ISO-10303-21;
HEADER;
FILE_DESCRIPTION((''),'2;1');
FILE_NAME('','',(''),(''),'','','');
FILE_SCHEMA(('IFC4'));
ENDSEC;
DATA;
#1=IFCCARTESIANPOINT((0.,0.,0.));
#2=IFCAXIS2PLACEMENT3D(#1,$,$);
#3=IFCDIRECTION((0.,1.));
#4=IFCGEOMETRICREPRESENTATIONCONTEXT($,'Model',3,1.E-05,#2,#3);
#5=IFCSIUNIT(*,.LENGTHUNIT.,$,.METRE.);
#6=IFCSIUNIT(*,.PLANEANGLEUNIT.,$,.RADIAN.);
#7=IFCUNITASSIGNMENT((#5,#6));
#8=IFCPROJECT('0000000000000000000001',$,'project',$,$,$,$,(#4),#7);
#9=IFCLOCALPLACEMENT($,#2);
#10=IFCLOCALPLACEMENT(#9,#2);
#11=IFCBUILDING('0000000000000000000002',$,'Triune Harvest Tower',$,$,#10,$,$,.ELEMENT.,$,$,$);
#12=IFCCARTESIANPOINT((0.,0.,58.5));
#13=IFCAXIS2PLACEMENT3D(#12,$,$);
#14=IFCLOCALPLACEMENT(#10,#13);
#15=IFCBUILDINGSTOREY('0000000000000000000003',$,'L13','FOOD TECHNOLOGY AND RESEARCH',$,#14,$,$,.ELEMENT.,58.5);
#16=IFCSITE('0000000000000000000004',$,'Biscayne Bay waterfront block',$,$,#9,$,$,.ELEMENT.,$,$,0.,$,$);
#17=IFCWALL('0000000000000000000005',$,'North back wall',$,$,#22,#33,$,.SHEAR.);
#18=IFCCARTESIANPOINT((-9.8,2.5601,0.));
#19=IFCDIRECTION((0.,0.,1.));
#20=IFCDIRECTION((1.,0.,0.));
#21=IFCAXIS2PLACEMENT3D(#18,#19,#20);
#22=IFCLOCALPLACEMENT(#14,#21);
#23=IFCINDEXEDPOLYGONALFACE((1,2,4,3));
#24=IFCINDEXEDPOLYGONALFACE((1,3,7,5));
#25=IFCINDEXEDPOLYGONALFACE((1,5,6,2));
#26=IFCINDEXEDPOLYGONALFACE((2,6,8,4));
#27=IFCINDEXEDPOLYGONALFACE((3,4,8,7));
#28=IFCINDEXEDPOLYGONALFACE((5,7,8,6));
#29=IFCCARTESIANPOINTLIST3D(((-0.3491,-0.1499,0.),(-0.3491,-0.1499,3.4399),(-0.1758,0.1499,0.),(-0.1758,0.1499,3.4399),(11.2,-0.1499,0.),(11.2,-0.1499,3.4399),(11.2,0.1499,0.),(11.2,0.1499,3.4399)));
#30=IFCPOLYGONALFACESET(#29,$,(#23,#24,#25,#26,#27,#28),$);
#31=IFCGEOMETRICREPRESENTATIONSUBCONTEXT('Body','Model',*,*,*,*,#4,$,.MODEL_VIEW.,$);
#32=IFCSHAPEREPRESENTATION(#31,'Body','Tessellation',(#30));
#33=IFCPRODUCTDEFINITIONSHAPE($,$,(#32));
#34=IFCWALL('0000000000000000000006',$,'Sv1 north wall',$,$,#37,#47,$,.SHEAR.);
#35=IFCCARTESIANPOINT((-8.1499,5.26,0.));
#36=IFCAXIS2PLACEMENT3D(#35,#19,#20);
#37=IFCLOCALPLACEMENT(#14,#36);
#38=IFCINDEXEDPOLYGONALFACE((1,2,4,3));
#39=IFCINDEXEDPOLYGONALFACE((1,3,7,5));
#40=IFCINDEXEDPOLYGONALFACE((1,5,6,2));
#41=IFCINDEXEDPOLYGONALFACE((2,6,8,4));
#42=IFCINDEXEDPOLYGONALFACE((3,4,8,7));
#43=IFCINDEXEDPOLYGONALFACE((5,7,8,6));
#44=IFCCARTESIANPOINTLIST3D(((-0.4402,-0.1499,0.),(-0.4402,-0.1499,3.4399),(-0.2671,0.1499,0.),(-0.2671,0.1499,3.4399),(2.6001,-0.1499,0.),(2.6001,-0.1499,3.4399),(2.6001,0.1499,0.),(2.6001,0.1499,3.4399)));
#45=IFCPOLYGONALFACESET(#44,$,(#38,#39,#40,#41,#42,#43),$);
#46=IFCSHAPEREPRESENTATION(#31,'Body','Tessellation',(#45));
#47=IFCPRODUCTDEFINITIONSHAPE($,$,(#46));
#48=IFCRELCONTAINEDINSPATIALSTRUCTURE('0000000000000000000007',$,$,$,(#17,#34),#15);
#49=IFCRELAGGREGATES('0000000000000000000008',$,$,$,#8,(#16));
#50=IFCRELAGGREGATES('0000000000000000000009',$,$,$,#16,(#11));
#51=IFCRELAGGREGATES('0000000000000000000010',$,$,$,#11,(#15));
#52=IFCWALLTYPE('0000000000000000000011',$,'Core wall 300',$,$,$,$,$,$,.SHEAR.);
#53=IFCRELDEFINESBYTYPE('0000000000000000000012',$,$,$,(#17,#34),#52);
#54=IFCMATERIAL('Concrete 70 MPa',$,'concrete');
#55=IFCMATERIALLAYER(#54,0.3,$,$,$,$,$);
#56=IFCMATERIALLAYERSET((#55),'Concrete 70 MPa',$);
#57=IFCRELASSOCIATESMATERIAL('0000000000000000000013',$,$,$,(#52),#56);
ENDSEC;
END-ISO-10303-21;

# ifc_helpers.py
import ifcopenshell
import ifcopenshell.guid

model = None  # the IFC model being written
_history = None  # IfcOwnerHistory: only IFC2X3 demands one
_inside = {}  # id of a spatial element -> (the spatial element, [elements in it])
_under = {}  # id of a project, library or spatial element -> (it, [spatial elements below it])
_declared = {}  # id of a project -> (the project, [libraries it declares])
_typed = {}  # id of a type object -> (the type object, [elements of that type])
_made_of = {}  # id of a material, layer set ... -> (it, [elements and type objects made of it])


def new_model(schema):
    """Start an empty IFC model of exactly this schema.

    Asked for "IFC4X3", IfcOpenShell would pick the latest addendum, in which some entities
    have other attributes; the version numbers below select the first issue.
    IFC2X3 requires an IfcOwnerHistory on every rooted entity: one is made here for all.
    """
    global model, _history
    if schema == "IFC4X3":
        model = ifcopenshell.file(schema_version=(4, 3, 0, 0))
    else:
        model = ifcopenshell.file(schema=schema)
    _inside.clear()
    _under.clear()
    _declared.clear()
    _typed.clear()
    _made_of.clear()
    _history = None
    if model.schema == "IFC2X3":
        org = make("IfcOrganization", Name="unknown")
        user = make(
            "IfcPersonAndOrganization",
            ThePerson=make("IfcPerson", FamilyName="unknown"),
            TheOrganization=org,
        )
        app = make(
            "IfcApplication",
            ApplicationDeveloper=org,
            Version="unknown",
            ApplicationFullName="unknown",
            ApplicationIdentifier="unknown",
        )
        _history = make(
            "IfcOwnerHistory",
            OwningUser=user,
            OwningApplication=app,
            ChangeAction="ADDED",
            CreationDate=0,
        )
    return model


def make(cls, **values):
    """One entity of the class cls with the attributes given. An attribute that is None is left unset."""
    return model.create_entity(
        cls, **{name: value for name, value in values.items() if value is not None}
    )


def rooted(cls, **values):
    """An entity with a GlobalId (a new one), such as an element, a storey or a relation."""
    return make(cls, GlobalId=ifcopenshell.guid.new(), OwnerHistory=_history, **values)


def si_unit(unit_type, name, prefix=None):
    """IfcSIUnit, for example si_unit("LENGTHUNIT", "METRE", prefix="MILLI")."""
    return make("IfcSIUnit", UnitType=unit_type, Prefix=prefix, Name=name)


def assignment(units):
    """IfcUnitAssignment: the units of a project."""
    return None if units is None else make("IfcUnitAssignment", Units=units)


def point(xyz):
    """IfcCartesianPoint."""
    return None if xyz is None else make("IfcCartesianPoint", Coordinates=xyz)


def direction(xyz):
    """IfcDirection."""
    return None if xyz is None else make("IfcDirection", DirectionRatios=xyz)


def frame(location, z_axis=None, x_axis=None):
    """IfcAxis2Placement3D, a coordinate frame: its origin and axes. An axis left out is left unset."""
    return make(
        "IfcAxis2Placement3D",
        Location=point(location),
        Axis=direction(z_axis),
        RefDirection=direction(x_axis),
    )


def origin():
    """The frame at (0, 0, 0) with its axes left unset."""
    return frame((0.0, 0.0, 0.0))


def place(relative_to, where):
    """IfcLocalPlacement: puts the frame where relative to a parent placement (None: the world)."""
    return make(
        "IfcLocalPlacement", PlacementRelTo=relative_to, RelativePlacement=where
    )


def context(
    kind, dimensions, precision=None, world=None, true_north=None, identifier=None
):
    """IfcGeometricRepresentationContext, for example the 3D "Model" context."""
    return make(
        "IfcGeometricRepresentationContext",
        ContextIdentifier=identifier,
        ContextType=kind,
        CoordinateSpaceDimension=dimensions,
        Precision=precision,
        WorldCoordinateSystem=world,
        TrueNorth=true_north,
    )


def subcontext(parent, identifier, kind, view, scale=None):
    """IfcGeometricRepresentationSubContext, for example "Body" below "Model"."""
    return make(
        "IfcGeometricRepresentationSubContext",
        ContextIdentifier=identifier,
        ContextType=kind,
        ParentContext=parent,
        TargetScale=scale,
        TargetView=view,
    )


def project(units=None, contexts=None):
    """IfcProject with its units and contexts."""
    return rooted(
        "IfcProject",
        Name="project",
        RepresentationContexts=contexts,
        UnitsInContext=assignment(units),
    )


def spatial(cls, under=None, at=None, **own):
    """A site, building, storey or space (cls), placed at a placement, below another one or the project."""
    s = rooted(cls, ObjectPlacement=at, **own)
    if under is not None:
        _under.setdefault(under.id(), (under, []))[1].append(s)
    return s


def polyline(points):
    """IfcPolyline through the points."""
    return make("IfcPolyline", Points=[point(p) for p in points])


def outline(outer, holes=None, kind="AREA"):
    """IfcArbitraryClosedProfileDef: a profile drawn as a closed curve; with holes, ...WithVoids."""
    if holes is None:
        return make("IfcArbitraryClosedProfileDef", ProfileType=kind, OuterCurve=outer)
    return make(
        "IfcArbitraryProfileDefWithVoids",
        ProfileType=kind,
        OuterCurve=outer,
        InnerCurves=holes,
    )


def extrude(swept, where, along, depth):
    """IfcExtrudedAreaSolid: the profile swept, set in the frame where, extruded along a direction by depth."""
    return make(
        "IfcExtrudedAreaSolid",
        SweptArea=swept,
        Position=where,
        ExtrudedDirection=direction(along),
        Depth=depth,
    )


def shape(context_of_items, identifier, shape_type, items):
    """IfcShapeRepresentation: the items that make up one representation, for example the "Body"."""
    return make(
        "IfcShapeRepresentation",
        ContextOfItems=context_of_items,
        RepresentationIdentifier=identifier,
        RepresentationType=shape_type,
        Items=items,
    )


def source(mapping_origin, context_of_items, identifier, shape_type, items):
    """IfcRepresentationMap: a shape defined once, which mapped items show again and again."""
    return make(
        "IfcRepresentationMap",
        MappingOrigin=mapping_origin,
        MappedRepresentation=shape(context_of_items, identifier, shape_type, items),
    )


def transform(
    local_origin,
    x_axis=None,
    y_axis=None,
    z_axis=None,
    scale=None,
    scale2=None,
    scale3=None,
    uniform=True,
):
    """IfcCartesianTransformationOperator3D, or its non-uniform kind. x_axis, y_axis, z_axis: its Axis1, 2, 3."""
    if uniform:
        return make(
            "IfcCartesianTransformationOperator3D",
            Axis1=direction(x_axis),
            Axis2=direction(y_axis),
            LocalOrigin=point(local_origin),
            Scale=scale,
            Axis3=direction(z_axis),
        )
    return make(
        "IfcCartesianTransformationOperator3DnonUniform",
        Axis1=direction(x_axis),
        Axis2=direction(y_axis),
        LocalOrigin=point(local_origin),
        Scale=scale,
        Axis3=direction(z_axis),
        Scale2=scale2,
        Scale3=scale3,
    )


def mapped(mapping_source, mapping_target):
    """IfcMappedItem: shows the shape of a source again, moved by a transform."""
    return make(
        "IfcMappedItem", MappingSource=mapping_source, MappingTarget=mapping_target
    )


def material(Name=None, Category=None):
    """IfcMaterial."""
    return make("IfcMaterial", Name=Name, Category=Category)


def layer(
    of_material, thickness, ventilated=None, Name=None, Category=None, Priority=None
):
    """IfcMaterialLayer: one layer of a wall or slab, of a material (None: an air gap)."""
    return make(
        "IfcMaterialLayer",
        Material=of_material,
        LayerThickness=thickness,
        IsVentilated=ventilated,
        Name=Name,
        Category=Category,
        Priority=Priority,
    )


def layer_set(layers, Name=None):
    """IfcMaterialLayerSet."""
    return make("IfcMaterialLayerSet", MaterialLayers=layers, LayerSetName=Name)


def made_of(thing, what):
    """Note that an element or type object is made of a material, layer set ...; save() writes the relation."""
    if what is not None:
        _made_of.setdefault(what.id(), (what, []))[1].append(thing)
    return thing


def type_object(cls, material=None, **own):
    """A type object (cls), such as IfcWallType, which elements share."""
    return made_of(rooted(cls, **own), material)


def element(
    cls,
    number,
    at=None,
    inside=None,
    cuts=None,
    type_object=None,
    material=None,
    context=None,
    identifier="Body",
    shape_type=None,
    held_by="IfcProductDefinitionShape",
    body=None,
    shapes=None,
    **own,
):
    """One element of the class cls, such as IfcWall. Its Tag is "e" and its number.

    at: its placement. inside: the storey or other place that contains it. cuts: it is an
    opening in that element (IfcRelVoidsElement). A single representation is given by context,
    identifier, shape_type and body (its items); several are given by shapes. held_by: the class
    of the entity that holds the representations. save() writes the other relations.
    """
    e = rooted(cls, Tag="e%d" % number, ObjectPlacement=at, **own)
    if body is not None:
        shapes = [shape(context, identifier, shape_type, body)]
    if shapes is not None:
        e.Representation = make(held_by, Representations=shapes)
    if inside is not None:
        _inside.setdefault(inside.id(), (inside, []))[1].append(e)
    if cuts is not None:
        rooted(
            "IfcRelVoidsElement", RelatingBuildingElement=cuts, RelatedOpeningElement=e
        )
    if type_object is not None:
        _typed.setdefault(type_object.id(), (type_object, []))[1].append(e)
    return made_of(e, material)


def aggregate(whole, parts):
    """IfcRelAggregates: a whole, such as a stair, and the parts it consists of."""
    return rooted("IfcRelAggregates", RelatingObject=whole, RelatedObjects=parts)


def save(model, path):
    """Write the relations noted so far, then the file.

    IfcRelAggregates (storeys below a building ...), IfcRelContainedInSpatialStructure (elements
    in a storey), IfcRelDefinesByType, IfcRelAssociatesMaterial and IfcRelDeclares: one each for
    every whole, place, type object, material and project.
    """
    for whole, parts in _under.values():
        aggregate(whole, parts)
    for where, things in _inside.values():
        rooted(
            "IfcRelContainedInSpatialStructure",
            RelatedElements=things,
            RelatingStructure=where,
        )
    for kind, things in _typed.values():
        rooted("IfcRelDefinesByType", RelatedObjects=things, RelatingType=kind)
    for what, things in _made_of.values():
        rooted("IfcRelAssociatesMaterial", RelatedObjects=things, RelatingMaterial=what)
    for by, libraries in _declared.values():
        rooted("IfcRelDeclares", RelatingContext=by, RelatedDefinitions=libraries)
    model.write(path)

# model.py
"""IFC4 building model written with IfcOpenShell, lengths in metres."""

from ifc_helpers import new_model, si_unit, direction, frame, origin, place, context, subcontext, project, spatial, polyline, outline, extrude, source, transform, mapped, material, layer, layer_set, type_object, element, save


model = new_model("IFC4")

# Units and contexts
model_context = context("Model", 3, precision=1e-05, world=origin(), true_north=direction((0.0, 1.0)))
body_context = subcontext(model_context, "Body", "Model", "MODEL_VIEW")
ifc_project = project(units=[si_unit("LENGTHUNIT", "METRE"), si_unit("PLANEANGLEUNIT", "RADIAN")], contexts=[model_context])

# Site, building, storey
site_placement = place(None, origin())
site = spatial("IfcSite", under=ifc_project, at=site_placement, Name="Biscayne Bay waterfront block", CompositionType="ELEMENT", RefElevation=0.0)
building_placement = place(site_placement, origin())
building = spatial("IfcBuilding", under=site, at=building_placement, Name="Triune Harvest Tower", CompositionType="ELEMENT")
storey_placement = place(building_placement, frame((0.0, 0.0, 58.5)))
storey = spatial("IfcBuildingStorey", under=building, at=storey_placement, Name="L13", Description="FOOD TECHNOLOGY AND RESEARCH", CompositionType="ELEMENT", Elevation=58.5)

# Shared definitions
ifc_material_1 = material(Name="Concrete 70 MPa", Category="concrete")
ifc_layer_1 = layer(ifc_material_1, 0.3)
ifc_layer_set_1 = layer_set([ifc_layer_1], Name="Concrete 70 MPa")
wall_type_1 = type_object("IfcWallType", Name="Core wall 300", PredefinedType="SHEAR", material=ifc_layer_set_1)

# Walls
shared_shape_1 = source(origin(), body_context, "Body", "SweptSolid", [
    extrude(outline(polyline([(11.2, -0.1499), (-0.3491, -0.1499), (-0.1758, 0.1499), (11.2, 0.1499), (11.2, -0.1499)])), origin(), (0.0, 0.0, 1.0), 3.4399),
])
wall_1_placement = place(storey_placement, frame((-9.8, 2.5601, 0.0), z_axis=(0.0, 0.0, 1.0), x_axis=(1.0, 0.0, 0.0)))
element("IfcWall", 1, at=wall_1_placement, inside=storey, type_object=wall_type_1, Name="North back wall", PredefinedType="SHEAR", context=body_context, shape_type="MappedRepresentation", body=[
    mapped(shared_shape_1, transform((0.0, 0.0, 0.0), scale=1.0)),
])
shared_shape_2 = source(origin(), body_context, "Body", "SweptSolid", [
    extrude(outline(polyline([(2.6001, -0.1499), (-0.4402, -0.1499), (-0.2671, 0.1499), (2.6001, 0.1499), (2.6001, -0.1499)])), origin(), (0.0, 0.0, 1.0), 3.4399),
])
wall_2_placement = place(storey_placement, frame((-8.1499, 5.26, 0.0), z_axis=(0.0, 0.0, 1.0), x_axis=(1.0, 0.0, 0.0)))
element("IfcWall", 2, at=wall_2_placement, inside=storey, type_object=wall_type_1, Name="Sv1 north wall", PredefinedType="SHEAR", context=body_context, shape_type="MappedRepresentation", body=[
    mapped(shared_shape_2, transform((0.0, 0.0, 0.0), scale=1.0)),
])

save(model, "model.ifc")
